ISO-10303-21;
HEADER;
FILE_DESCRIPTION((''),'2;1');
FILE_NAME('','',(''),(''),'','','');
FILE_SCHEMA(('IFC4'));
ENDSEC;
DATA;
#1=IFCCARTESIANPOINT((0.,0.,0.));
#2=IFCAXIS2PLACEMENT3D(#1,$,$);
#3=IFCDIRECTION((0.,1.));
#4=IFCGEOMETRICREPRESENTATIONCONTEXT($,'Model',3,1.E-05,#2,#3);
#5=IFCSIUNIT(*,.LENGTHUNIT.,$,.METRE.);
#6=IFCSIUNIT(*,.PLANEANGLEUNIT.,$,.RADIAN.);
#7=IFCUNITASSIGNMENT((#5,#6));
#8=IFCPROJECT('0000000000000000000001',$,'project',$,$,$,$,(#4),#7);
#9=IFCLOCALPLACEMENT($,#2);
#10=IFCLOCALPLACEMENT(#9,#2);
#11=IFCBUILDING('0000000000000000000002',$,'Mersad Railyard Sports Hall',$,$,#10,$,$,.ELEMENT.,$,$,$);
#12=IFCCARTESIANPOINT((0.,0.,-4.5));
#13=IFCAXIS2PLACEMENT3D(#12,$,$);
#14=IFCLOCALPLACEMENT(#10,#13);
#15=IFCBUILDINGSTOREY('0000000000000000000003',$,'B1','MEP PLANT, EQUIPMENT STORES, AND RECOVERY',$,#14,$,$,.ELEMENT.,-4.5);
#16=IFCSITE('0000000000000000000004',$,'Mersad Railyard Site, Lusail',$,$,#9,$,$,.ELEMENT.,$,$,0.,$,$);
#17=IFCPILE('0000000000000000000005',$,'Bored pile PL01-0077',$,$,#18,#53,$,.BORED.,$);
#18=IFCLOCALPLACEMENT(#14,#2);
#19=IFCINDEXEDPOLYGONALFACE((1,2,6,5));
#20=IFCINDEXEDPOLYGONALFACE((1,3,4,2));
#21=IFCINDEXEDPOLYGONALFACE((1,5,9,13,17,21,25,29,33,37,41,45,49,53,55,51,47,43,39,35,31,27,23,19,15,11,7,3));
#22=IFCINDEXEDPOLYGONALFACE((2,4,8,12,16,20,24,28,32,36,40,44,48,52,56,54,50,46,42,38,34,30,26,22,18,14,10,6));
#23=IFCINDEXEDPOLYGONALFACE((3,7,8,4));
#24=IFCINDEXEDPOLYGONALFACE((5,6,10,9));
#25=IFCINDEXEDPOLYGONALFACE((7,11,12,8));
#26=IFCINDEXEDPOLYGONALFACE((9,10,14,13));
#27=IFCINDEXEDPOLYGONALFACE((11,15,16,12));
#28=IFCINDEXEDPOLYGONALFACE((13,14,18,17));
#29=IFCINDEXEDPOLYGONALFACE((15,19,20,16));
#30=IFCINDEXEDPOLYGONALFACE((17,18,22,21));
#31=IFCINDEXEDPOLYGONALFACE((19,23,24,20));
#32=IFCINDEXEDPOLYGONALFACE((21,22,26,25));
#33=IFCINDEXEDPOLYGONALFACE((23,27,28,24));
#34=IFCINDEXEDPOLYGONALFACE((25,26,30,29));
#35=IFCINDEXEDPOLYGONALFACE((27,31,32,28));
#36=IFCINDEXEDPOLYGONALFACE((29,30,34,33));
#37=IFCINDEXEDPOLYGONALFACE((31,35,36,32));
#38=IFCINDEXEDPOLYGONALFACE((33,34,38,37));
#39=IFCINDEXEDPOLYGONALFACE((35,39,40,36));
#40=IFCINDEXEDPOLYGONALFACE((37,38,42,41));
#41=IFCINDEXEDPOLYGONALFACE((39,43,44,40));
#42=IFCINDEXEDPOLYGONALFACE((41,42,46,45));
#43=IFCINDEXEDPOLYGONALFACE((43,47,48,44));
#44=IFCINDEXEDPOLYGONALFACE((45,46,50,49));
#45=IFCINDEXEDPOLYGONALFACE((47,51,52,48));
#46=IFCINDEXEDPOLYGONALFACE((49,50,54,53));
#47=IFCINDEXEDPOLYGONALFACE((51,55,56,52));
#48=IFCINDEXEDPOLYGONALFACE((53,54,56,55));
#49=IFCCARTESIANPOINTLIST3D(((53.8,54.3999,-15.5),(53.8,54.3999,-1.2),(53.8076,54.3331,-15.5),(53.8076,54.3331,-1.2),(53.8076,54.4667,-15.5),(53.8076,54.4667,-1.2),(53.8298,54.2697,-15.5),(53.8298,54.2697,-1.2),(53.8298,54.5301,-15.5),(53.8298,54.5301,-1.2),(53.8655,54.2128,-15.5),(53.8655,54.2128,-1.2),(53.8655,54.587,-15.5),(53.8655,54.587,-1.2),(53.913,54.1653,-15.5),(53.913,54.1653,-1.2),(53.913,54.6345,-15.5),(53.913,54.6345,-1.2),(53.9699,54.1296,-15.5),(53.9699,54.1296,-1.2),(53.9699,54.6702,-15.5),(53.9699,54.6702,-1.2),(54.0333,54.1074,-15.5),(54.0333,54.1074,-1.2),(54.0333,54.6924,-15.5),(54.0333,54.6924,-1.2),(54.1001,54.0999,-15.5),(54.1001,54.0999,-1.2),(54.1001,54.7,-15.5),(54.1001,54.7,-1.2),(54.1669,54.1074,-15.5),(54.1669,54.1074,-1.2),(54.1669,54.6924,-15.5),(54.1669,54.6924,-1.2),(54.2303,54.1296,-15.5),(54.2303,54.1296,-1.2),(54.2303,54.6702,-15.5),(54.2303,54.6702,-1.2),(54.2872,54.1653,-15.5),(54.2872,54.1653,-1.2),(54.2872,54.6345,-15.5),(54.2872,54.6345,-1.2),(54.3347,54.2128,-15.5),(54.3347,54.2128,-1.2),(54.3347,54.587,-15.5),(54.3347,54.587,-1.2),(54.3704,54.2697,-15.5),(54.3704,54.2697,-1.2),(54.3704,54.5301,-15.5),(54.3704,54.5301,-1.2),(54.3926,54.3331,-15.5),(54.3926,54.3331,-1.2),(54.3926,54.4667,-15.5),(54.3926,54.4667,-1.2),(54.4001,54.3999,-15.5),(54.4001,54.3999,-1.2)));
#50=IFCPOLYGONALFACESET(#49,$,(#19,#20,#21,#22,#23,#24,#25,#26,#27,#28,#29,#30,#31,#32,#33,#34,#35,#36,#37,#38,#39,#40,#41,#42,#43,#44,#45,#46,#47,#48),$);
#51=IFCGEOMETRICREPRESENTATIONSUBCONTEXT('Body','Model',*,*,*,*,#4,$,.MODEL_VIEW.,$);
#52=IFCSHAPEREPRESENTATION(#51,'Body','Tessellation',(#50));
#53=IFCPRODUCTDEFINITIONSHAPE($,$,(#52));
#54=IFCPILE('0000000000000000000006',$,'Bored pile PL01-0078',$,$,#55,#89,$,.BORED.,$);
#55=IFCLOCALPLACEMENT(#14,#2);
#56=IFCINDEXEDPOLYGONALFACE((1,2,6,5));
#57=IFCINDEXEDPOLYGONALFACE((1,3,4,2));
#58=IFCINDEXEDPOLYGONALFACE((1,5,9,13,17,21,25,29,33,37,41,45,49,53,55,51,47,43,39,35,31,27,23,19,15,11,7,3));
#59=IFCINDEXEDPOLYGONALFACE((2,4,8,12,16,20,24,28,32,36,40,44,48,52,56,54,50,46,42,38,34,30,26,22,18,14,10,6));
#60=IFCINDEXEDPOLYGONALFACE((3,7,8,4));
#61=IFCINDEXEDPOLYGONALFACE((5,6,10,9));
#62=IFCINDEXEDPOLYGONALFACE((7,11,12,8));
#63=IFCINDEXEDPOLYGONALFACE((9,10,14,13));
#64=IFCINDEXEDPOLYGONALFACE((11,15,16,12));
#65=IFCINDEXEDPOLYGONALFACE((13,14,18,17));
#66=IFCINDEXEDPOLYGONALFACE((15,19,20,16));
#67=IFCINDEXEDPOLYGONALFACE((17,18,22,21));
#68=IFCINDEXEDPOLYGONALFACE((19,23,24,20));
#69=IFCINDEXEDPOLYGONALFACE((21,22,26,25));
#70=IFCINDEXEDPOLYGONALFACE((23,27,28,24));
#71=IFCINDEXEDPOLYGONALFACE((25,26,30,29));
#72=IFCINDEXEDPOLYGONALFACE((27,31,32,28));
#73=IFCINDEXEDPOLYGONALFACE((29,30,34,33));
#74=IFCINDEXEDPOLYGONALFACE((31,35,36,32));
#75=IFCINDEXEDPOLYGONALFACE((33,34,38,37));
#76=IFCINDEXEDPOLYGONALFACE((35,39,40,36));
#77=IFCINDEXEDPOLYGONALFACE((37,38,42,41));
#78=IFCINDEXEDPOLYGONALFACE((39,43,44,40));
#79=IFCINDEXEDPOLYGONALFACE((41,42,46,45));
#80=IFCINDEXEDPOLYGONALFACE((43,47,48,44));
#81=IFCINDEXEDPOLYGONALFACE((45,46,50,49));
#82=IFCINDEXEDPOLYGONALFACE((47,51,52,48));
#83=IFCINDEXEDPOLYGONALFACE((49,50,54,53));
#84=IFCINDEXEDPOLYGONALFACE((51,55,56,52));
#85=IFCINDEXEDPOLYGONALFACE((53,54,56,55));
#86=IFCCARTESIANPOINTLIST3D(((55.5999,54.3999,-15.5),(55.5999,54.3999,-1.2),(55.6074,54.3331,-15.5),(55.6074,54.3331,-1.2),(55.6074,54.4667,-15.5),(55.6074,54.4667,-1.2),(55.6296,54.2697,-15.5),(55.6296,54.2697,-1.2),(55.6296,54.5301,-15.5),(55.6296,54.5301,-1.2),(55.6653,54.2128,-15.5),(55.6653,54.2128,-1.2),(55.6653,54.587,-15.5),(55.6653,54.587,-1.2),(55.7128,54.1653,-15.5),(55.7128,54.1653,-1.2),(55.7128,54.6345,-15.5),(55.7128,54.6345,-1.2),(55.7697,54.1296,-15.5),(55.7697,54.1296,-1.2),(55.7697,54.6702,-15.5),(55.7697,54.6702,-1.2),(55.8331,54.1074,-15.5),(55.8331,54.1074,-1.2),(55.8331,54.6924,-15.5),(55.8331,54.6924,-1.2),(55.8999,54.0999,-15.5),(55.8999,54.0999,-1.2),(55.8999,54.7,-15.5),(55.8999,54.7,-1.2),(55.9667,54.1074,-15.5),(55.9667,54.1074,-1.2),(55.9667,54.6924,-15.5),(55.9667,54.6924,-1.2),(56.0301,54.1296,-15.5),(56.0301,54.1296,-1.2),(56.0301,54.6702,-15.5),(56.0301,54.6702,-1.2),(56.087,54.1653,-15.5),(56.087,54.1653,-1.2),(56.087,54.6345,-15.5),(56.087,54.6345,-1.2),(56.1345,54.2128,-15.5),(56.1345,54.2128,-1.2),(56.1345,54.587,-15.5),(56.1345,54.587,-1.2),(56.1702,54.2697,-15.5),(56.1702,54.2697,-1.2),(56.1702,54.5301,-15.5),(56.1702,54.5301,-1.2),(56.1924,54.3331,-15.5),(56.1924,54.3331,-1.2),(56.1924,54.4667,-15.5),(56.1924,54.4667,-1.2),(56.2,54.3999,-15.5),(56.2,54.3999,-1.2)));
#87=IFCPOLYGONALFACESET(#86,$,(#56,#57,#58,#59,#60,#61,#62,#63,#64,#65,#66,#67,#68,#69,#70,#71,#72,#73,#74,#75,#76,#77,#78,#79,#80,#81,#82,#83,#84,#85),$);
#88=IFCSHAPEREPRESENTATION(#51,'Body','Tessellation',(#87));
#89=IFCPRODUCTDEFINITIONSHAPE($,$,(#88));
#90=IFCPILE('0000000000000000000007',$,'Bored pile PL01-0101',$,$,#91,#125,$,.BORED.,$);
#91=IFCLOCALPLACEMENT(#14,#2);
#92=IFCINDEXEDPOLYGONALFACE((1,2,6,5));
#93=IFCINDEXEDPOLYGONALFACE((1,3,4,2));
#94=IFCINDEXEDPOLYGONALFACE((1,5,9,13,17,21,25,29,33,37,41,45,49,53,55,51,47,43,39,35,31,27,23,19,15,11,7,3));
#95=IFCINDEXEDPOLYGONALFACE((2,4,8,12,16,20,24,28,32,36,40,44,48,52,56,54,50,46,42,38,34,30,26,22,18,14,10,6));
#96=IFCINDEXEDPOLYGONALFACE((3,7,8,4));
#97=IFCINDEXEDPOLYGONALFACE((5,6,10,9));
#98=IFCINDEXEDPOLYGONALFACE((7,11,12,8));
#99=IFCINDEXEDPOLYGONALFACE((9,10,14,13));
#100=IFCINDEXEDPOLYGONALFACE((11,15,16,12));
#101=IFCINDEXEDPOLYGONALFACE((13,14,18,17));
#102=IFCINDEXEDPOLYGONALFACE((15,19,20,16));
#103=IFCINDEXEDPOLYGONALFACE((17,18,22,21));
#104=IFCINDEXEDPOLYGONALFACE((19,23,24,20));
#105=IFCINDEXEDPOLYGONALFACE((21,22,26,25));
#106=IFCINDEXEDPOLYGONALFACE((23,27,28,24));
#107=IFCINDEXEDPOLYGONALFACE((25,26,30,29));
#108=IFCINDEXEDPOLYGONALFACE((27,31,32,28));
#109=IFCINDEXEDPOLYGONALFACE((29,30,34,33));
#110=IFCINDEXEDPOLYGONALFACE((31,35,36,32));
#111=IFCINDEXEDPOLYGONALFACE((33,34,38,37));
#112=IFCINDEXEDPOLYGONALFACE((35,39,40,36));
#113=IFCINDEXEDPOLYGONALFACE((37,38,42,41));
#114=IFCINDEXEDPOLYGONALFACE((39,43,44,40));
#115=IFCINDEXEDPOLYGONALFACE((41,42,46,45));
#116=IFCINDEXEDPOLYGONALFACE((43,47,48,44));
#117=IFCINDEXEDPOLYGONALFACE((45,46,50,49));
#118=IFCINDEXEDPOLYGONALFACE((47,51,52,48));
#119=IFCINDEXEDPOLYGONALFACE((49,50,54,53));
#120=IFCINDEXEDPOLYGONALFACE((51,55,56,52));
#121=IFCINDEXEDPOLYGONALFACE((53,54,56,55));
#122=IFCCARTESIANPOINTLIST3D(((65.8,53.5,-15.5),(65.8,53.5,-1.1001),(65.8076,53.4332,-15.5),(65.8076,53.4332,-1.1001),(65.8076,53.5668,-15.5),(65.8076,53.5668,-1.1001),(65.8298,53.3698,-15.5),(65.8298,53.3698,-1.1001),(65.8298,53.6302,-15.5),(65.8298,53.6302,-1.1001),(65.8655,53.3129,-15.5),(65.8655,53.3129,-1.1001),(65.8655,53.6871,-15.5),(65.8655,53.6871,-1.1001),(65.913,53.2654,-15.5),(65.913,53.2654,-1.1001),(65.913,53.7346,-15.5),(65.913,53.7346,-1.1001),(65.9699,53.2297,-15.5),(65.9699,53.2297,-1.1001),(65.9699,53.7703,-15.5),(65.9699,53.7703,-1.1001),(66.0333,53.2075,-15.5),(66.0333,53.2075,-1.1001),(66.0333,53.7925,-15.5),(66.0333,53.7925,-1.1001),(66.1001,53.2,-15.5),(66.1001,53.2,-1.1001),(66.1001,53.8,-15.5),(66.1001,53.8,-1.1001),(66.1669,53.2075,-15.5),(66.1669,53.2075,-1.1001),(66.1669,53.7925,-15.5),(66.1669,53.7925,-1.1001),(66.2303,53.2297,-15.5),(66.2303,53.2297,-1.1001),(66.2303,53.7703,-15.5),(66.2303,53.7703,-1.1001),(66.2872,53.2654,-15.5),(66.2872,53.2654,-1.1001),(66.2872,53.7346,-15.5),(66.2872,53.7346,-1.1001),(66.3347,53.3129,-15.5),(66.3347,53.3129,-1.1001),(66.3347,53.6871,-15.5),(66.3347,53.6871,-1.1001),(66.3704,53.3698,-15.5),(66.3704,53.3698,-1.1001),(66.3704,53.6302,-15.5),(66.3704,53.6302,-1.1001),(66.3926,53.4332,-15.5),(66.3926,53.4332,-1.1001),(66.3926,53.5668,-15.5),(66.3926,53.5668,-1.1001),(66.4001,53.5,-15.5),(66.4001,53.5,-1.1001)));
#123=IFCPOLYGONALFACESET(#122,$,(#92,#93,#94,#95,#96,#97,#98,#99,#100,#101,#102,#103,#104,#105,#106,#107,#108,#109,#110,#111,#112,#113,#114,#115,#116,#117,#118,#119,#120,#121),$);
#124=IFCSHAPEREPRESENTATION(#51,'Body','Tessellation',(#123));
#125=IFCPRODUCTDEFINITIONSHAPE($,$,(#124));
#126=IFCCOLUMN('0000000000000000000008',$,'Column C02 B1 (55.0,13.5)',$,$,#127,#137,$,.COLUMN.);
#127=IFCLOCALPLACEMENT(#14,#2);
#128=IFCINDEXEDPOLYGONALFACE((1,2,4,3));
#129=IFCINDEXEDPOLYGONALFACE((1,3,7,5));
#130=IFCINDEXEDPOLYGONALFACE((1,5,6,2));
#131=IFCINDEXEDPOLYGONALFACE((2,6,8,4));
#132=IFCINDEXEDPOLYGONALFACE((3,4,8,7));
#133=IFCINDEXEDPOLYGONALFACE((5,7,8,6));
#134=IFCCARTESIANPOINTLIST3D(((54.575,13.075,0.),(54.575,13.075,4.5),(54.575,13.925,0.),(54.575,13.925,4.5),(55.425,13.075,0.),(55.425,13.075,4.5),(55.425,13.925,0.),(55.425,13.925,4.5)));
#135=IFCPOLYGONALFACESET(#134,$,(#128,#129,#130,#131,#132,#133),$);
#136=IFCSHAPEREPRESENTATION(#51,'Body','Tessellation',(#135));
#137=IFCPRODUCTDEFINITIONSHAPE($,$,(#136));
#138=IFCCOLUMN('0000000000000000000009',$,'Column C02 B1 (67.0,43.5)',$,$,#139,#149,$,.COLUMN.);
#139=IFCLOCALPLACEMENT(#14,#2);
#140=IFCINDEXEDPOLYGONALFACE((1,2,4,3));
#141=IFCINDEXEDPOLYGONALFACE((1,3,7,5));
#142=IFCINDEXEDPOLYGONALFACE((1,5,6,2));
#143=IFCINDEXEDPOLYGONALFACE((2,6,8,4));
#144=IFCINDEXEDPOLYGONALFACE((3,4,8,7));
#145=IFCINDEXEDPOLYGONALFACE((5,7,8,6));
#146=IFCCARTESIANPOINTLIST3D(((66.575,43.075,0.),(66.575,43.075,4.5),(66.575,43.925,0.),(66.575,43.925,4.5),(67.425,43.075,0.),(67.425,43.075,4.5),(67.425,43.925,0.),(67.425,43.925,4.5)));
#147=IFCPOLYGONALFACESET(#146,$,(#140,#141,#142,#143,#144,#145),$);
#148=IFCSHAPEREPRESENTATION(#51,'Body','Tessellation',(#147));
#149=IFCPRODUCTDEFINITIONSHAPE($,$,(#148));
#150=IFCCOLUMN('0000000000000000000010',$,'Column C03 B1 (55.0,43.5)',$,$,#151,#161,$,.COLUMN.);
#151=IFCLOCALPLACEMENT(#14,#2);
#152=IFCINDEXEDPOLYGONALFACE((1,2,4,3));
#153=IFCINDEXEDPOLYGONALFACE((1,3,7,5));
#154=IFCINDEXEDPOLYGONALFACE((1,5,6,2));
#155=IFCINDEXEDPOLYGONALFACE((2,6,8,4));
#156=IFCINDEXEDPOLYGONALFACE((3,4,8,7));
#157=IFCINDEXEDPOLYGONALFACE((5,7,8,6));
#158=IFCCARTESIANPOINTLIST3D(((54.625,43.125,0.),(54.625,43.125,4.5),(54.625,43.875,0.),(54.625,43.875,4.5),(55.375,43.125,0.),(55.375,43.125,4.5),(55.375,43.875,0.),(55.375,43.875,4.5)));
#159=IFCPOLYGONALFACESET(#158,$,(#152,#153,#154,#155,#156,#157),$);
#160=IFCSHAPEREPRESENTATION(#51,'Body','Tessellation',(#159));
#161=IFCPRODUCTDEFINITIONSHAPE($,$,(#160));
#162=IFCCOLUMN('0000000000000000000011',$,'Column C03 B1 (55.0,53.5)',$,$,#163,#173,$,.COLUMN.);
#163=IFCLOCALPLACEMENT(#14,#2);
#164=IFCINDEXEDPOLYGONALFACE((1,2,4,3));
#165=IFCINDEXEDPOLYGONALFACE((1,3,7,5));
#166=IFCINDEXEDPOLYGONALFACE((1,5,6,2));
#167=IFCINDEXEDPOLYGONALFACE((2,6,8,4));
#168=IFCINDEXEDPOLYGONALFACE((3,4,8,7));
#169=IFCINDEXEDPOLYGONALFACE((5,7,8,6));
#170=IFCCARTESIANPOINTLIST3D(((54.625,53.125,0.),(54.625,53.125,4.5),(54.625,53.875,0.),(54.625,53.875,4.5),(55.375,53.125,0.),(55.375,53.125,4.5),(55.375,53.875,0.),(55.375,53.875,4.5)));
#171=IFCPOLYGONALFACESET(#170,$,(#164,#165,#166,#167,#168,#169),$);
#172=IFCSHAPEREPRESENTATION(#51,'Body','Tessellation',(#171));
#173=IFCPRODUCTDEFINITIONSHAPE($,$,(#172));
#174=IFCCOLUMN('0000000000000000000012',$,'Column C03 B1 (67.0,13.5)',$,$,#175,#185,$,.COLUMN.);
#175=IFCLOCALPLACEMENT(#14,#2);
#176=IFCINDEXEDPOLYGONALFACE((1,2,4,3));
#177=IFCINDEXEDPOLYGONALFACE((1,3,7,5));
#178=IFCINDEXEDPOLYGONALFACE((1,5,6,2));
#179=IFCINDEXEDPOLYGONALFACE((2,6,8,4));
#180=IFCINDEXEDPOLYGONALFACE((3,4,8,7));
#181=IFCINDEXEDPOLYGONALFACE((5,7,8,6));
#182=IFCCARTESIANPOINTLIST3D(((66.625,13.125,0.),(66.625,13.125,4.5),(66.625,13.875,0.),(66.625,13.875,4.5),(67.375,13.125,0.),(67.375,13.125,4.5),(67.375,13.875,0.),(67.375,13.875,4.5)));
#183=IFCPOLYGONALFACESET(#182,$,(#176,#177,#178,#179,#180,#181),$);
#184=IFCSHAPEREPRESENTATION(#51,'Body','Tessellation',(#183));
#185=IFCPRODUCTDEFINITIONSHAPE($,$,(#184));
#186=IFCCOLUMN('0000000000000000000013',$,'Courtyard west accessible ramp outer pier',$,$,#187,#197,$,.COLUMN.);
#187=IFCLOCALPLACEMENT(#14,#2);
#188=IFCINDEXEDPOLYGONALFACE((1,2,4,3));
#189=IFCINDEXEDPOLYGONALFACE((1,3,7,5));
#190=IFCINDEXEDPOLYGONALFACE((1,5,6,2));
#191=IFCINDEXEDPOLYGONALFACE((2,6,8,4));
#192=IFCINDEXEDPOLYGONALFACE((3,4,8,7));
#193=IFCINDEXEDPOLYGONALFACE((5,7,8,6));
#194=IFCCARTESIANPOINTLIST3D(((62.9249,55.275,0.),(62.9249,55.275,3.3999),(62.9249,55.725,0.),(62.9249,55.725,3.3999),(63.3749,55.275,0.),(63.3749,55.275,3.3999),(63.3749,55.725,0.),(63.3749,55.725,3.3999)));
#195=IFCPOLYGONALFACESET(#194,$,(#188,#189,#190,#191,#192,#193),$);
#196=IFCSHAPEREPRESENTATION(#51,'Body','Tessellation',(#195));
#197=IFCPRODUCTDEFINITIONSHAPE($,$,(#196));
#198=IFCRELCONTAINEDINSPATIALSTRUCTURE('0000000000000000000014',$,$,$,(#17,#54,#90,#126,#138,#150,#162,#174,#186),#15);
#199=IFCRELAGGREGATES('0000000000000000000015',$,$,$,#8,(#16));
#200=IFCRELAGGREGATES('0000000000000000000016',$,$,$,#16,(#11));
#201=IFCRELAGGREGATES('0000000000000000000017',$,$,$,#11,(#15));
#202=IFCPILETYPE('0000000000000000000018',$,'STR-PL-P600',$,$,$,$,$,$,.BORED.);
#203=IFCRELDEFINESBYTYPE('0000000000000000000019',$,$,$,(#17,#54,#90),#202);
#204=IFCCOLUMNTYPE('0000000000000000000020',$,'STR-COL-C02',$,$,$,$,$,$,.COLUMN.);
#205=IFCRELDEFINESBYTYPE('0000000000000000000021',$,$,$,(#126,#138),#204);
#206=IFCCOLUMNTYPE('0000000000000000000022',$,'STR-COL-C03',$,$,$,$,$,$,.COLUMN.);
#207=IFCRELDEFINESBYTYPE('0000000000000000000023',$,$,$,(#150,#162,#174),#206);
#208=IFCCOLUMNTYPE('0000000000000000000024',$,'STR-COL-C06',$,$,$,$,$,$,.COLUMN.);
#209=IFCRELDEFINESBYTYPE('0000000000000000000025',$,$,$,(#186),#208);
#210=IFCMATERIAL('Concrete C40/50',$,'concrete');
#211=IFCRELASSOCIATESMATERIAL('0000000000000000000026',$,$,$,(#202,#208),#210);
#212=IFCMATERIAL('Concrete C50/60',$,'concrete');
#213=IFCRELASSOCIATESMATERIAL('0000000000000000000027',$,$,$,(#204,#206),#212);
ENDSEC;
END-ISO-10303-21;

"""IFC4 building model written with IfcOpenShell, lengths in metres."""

from ifc_helpers import new_model, si_unit, direction, frame, origin, origin_2d, place, context, subcontext, project, spatial, rectangle, circle, extrude, material, material_profile, profile_set, type_object, element, save


model = new_model("IFC4")

# Units and contexts
model_context = context("Model", 3, precision=1e-05, world=origin(), true_north=direction((0.0, 1.0)))
body_context = subcontext(model_context, "Body", "Model", "MODEL_VIEW")
ifc_project = project(units=[si_unit("LENGTHUNIT", "METRE"), si_unit("PLANEANGLEUNIT", "RADIAN")], contexts=[model_context])

# Site, building, storey
site_placement = place(None, origin())
site = spatial("IfcSite", under=ifc_project, at=site_placement, Name="Mersad Railyard Site, Lusail", CompositionType="ELEMENT", RefElevation=0.0)
building_placement = place(site_placement, origin())
building = spatial("IfcBuilding", under=site, at=building_placement, Name="Mersad Railyard Sports Hall", CompositionType="ELEMENT")
storey_placement = place(building_placement, frame((0.0, 0.0, -4.5)))
storey = spatial("IfcBuildingStorey", under=building, at=storey_placement, Name="B1", Description="MEP PLANT, EQUIPMENT STORES, AND RECOVERY", CompositionType="ELEMENT", Elevation=-4.5)

# Shared definitions
ifc_material_1 = material(Name="Concrete C40/50", Category="concrete")

# Piles
ifc_material_profile_1 = material_profile(ifc_material_1, circle(Radius=0.3, at=origin_2d()), Name="BORED PILE D600")
ifc_profile_set_1 = profile_set([ifc_material_profile_1], Name="Concrete C40/50")
pile_type_1 = type_object("IfcPileType", Name="STR-PL-P600", PredefinedType="BORED", material=ifc_profile_set_1)
for number, where, z_axis, x_axis, name in (
    (1, (54.1001, 54.3999, -1.2), (0.0, 0.0, -1.0), (1.0, 0.0, 0.0), "Bored pile PL01-0077"),
    (2, (55.8999, 54.3999, -1.2), (0.0, 0.0, -1.0), (1.0, 0.0, 0.0), "Bored pile PL01-0078"),
):
    element("IfcPile", number, at=place(storey_placement, frame(where, z_axis=z_axis, x_axis=x_axis)), inside=storey, type_object=pile_type_1, Name=name, PredefinedType="BORED", context=body_context, shape_type="SweptSolid", body=[
        extrude(circle(Radius=0.3, at=origin_2d()), origin(), (0.0, 0.0, 1.0), 14.3),
    ])
pile_1_placement = place(storey_placement, frame((66.1001, 53.5, -1.1001), z_axis=(0.0, 0.0, -1.0), x_axis=(1.0, 0.0, 0.0)))
element("IfcPile", 3, at=pile_1_placement, inside=storey, type_object=pile_type_1, Name="Bored pile PL01-0101", PredefinedType="BORED", context=body_context, shape_type="SweptSolid", body=[
    extrude(circle(Radius=0.3, at=origin_2d()), origin(), (0.0, 0.0, 1.0), 14.3999),
])

# Columns
ifc_material_2 = material(Name="Concrete C50/60", Category="concrete")
ifc_material_profile_2 = material_profile(ifc_material_2, rectangle(XDim=0.8501, YDim=0.8501, at=origin_2d()), Name="RC 850x850")
ifc_profile_set_2 = profile_set([ifc_material_profile_2], Name="Concrete C50/60")
column_type_1 = type_object("IfcColumnType", Name="STR-COL-C02", PredefinedType="COLUMN", material=ifc_profile_set_2)
for number, where, z_axis, x_axis, name in (
    (4, (55.0, 13.5, 0.0), (0.0, 0.0, 1.0), (1.0, 0.0, 0.0), "Column C02 B1 (55.0,13.5)"),
    (5, (67.0, 43.5, 0.0), (0.0, 0.0, 1.0), (1.0, 0.0, 0.0), "Column C02 B1 (67.0,43.5)"),
):
    element("IfcColumn", number, at=place(storey_placement, frame(where, z_axis=z_axis, x_axis=x_axis)), inside=storey, type_object=column_type_1, Name=name, PredefinedType="COLUMN", context=body_context, shape_type="SweptSolid", body=[
        extrude(rectangle(XDim=0.8501, YDim=0.8501, at=origin_2d()), origin(), (0.0, 0.0, 1.0), 4.5),
    ])
ifc_material_profile_3 = material_profile(ifc_material_2, rectangle(XDim=0.75, YDim=0.75, at=origin_2d()), Name="RC 750x750")
ifc_profile_set_3 = profile_set([ifc_material_profile_3], Name="Concrete C50/60")
column_type_2 = type_object("IfcColumnType", Name="STR-COL-C03", PredefinedType="COLUMN", material=ifc_profile_set_3)
for number, where, z_axis, x_axis, name in (
    (6, (55.0, 43.5, 0.0), (0.0, 0.0, 1.0), (1.0, 0.0, 0.0), "Column C03 B1 (55.0,43.5)"),
    (7, (55.0, 53.5, 0.0), (0.0, 0.0, 1.0), (1.0, 0.0, 0.0), "Column C03 B1 (55.0,53.5)"),
    (8, (67.0, 13.5, 0.0), (0.0, 0.0, 1.0), (1.0, 0.0, 0.0), "Column C03 B1 (67.0,13.5)"),
):
    element("IfcColumn", number, at=place(storey_placement, frame(where, z_axis=z_axis, x_axis=x_axis)), inside=storey, type_object=column_type_2, Name=name, PredefinedType="COLUMN", context=body_context, shape_type="SweptSolid", body=[
        extrude(rectangle(XDim=0.75, YDim=0.75, at=origin_2d()), origin(), (0.0, 0.0, 1.0), 4.5),
    ])
ifc_material_profile_4 = material_profile(ifc_material_1, rectangle(XDim=0.45, YDim=0.45, at=origin_2d()), Name="RC 450x450")
ifc_profile_set_4 = profile_set([ifc_material_profile_4], Name="Concrete C40/50")
column_type_3 = type_object("IfcColumnType", Name="STR-COL-C06", PredefinedType="COLUMN", material=ifc_profile_set_4)
column_1_placement = place(storey_placement, frame((63.1499, 55.5, 0.0), z_axis=(0.0, 0.0, 1.0), x_axis=(1.0, 0.0, 0.0)))
element("IfcColumn", 9, at=column_1_placement, inside=storey, type_object=column_type_3, Name="Courtyard west accessible ramp outer pier", PredefinedType="COLUMN", context=body_context, shape_type="SweptSolid", body=[
    extrude(rectangle(XDim=0.45, YDim=0.45, at=origin_2d()), origin(), (0.0, 0.0, 1.0), 3.3999),
])

save(model, "model.ifc")
